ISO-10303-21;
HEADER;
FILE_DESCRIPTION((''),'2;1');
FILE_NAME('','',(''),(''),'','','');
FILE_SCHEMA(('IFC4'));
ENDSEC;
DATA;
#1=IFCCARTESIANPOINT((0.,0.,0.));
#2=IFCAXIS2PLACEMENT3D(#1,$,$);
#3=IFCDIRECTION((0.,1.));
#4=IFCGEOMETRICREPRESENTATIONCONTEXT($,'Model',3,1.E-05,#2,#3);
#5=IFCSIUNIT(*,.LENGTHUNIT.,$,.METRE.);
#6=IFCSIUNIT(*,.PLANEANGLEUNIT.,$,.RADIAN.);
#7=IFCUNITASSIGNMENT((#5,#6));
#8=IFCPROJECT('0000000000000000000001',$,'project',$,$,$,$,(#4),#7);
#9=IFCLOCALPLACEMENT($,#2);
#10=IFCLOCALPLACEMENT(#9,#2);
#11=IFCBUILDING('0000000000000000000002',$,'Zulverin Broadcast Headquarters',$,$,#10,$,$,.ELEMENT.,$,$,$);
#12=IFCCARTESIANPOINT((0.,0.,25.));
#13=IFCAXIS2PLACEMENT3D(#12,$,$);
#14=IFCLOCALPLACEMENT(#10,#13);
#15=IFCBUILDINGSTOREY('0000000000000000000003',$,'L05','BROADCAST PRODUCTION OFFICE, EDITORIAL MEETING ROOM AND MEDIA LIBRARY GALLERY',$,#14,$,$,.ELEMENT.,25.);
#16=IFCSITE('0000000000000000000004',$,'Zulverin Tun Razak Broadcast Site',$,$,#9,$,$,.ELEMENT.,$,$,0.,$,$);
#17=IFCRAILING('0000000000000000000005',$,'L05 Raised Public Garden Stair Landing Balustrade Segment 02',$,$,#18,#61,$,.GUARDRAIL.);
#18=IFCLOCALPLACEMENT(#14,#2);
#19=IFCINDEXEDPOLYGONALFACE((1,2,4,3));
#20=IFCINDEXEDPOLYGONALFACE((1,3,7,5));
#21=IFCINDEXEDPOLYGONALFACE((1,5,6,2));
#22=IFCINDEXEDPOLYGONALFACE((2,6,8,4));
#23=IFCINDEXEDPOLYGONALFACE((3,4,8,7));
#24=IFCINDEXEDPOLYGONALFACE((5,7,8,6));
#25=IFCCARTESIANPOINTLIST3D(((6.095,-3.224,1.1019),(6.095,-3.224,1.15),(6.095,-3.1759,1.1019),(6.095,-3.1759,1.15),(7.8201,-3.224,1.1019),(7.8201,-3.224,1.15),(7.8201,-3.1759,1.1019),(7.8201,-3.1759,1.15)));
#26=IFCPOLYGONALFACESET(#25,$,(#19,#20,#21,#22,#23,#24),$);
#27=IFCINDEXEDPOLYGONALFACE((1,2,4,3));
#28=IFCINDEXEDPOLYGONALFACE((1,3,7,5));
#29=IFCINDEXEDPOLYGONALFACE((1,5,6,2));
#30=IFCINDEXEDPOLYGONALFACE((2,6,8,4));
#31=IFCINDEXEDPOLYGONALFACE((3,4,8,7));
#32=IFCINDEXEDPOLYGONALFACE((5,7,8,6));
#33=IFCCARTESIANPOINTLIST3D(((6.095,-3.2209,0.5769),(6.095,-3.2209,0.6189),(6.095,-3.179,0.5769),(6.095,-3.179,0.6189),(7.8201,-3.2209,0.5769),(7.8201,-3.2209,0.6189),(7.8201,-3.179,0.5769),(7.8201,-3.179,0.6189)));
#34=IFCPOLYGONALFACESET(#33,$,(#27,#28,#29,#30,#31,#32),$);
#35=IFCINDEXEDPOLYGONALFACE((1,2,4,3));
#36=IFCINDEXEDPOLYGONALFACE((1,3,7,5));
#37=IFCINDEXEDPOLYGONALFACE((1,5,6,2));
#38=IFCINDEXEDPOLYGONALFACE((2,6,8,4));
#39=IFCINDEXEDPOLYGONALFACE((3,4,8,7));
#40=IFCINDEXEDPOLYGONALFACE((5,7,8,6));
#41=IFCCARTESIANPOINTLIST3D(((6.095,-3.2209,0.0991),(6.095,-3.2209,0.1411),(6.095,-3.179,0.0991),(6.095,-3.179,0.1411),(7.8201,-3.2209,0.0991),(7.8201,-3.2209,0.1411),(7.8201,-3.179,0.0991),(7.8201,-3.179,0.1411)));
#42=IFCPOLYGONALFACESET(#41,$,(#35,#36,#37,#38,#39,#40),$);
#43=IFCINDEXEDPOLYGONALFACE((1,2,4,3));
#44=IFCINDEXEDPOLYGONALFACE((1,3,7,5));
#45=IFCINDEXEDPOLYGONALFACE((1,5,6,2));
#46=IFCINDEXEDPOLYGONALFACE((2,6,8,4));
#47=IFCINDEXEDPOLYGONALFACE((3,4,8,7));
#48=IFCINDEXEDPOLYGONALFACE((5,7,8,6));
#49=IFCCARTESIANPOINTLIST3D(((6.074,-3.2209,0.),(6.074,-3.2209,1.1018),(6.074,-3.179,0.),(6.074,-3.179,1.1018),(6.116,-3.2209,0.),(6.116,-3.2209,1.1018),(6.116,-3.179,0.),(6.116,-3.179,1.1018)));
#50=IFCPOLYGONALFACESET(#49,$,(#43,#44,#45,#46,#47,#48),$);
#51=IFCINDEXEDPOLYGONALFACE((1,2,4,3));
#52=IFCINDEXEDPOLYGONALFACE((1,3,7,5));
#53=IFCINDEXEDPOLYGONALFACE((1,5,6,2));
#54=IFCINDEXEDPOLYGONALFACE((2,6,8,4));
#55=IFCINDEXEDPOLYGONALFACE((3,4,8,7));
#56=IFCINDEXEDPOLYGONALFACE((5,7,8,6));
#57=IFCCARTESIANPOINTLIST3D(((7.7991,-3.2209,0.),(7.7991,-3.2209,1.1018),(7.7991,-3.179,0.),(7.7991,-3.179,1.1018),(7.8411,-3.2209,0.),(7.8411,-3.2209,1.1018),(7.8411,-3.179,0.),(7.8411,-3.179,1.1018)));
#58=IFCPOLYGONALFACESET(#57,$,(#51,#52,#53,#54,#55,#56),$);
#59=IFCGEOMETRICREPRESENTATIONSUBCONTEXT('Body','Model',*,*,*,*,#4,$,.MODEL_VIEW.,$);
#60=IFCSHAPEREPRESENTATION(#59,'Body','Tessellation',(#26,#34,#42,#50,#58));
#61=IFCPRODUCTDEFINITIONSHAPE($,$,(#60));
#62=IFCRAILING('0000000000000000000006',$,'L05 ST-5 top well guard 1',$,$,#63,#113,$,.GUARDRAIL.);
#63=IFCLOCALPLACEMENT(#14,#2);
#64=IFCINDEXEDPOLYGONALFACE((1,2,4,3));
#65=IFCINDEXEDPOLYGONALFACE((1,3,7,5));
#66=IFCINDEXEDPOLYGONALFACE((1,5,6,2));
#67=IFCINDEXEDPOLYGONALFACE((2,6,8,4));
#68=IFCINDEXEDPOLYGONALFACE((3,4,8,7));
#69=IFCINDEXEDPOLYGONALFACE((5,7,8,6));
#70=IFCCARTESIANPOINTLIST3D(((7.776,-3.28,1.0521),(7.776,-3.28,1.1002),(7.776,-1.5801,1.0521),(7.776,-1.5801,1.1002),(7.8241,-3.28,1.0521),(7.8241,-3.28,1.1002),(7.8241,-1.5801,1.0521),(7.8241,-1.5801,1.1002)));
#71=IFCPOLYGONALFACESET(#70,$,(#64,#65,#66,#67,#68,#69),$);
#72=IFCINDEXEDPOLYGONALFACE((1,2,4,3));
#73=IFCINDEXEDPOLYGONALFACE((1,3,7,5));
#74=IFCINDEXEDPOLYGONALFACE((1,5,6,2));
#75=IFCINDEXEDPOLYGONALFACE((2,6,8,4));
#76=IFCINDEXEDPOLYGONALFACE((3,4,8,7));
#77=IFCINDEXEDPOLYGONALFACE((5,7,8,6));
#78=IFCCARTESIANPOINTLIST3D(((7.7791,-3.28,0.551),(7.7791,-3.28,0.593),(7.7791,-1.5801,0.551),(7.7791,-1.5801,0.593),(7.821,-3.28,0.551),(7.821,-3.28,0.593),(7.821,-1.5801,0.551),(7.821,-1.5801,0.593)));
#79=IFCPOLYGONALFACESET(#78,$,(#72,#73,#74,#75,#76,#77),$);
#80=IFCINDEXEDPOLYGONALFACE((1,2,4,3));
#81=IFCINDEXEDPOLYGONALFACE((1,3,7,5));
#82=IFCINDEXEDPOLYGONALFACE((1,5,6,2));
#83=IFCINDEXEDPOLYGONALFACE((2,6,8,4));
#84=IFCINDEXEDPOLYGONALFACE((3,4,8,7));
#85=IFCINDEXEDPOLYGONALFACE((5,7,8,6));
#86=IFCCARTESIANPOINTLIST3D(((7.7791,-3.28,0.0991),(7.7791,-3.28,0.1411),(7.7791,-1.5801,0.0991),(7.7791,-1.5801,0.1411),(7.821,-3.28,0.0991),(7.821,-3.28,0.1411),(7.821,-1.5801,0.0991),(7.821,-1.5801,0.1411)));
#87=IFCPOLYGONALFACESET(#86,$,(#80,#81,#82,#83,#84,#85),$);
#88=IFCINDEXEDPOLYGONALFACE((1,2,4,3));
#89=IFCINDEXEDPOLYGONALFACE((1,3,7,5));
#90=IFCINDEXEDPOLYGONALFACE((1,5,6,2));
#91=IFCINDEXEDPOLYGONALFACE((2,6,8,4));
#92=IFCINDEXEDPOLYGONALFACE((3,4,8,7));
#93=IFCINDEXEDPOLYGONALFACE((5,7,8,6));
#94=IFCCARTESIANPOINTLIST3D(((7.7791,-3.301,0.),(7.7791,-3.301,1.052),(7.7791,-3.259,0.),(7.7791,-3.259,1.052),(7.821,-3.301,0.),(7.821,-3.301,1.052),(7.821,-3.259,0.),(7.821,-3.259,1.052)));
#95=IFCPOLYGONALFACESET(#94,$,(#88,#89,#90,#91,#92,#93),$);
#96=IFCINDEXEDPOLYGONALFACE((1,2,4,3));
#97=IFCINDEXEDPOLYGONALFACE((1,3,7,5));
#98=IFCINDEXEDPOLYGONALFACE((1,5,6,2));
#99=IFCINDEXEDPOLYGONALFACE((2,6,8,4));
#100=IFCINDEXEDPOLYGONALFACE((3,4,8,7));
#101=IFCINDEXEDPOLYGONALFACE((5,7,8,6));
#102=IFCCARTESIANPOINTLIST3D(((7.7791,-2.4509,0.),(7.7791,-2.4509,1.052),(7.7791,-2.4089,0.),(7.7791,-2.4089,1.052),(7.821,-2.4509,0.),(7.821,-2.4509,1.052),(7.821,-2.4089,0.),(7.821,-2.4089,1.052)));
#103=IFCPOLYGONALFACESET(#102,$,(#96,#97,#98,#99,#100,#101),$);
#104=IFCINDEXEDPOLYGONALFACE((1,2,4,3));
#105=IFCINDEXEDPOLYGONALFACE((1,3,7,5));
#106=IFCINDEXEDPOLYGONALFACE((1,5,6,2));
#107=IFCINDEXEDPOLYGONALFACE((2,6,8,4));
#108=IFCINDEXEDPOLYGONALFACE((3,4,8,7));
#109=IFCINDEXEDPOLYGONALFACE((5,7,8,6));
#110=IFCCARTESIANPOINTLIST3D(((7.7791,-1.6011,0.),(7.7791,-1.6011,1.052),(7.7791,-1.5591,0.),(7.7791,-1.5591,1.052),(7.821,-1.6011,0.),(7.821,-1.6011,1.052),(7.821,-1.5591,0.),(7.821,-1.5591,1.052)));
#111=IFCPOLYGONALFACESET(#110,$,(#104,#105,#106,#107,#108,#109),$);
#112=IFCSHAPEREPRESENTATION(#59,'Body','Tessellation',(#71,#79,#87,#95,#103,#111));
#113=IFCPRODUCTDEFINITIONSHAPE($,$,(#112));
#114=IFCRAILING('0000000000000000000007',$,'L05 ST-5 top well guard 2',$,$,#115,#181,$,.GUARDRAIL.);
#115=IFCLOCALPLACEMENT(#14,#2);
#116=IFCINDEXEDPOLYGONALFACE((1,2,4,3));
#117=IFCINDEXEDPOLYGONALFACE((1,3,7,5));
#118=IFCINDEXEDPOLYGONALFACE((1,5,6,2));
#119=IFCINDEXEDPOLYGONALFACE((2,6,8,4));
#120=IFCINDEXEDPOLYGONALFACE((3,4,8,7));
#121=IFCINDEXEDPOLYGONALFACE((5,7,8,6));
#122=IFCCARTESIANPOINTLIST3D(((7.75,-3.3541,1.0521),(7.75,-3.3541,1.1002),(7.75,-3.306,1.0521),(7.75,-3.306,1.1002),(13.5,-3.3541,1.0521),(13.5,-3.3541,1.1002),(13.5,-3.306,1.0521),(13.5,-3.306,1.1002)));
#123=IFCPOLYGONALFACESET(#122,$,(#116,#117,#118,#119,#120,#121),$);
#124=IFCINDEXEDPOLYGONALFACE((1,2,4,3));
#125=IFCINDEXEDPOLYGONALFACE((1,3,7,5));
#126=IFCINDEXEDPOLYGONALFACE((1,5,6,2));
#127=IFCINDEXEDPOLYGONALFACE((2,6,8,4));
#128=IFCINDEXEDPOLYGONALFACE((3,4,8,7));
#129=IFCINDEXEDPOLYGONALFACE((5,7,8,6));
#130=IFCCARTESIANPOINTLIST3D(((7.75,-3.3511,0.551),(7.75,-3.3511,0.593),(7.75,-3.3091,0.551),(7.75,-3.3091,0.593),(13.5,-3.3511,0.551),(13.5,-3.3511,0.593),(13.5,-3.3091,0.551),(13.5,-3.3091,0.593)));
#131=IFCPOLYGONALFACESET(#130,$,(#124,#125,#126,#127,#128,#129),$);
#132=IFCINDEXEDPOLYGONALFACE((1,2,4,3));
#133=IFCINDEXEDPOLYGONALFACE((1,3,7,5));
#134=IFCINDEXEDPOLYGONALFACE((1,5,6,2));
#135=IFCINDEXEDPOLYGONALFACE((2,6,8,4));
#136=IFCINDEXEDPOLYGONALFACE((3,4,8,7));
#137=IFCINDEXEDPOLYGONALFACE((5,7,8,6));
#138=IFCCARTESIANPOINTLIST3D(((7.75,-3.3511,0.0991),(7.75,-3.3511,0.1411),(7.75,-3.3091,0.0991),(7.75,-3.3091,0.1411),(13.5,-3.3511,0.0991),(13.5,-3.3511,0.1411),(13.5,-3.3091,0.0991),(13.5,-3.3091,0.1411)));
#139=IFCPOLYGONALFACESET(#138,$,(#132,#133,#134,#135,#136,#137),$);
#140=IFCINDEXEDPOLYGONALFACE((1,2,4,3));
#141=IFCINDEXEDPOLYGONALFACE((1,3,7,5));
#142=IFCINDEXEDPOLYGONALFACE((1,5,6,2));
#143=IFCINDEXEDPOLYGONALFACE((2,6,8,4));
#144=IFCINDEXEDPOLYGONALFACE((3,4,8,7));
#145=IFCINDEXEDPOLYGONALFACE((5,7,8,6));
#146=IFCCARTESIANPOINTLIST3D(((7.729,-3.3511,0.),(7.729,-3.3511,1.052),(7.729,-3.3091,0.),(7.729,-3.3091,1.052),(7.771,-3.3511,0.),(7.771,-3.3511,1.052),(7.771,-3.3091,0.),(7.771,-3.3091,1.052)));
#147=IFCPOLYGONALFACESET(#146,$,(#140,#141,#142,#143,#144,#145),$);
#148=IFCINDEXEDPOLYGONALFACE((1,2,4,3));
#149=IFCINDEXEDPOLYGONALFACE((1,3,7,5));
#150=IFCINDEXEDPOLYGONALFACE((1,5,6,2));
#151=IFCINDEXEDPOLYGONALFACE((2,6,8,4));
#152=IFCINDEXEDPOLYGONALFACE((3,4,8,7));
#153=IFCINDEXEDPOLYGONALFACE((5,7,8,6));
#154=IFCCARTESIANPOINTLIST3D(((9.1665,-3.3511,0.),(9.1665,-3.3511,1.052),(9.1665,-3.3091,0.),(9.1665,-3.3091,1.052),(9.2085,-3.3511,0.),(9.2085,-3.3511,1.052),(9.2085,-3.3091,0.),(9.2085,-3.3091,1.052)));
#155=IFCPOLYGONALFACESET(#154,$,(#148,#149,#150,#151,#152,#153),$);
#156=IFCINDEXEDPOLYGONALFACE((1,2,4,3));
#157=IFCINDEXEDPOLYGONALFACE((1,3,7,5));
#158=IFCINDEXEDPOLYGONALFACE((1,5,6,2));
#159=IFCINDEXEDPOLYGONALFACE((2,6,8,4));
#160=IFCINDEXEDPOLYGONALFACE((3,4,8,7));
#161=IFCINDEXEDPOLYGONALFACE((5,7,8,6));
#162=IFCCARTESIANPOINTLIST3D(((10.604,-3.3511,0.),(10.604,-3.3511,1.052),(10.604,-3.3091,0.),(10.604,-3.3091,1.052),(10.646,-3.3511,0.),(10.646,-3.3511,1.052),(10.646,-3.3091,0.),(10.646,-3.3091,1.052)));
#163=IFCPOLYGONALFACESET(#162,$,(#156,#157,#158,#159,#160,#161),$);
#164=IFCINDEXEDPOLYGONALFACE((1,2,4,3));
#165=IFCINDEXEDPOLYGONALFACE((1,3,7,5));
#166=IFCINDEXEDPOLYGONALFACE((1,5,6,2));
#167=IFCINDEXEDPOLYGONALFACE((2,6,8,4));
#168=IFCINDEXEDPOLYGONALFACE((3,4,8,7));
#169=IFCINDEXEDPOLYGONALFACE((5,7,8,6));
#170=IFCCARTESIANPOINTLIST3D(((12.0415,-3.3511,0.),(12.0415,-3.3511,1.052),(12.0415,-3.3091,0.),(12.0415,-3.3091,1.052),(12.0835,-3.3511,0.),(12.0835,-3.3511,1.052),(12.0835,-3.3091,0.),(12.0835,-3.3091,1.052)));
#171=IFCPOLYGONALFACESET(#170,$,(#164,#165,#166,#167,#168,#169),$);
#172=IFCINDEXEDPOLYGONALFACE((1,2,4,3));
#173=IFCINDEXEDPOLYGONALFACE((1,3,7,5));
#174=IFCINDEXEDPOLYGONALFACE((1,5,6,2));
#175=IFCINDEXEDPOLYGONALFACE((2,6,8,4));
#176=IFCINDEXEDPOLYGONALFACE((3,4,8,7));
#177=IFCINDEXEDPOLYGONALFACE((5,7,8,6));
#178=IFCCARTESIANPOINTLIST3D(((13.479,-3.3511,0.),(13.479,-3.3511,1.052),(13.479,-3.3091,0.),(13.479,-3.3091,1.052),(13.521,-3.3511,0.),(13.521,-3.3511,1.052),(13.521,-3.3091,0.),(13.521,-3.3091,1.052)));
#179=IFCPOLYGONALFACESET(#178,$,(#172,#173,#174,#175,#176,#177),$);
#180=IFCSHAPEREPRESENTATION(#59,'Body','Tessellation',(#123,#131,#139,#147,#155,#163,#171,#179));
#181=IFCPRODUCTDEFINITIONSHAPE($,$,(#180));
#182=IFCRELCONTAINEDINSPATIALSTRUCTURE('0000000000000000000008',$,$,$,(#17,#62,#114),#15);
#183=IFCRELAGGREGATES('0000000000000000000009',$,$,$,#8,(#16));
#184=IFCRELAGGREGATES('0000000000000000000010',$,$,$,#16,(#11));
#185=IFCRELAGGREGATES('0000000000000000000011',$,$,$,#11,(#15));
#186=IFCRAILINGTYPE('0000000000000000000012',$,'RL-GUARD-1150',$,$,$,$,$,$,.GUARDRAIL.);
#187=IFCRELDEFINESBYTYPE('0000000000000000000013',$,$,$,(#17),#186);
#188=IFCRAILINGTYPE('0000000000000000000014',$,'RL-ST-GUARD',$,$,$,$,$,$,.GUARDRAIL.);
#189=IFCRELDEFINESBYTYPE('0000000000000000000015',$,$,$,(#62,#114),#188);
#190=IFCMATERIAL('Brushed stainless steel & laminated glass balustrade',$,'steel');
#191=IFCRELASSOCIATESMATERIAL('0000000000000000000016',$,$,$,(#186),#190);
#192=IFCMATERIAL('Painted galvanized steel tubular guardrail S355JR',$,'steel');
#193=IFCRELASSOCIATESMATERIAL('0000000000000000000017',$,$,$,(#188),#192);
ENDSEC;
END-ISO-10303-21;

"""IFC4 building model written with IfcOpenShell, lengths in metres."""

from ifc_helpers import new_model, si_unit, direction, frame, origin, origin_2d, place, context, subcontext, project, spatial, rectangle, extrude, material, type_object, element, save


model = new_model("IFC4")

# Units and contexts
model_context = context("Model", 3, precision=1e-05, world=origin(), true_north=direction((0.0, 1.0)))
body_context = subcontext(model_context, "Body", "Model", "MODEL_VIEW")
ifc_project = project(units=[si_unit("LENGTHUNIT", "METRE"), si_unit("PLANEANGLEUNIT", "RADIAN")], contexts=[model_context])

# Site, building, storey
site_placement = place(None, origin())
site = spatial("IfcSite", under=ifc_project, at=site_placement, Name="Zulverin Tun Razak Broadcast Site", CompositionType="ELEMENT", RefElevation=0.0)
building_placement = place(site_placement, origin())
building = spatial("IfcBuilding", under=site, at=building_placement, Name="Zulverin Broadcast Headquarters", CompositionType="ELEMENT")
storey_placement = place(building_placement, frame((0.0, 0.0, 25.0)))
storey = spatial("IfcBuildingStorey", under=building, at=storey_placement, Name="L05", Description="BROADCAST PRODUCTION OFFICE, EDITORIAL MEETING ROOM AND MEDIA LIBRARY GALLERY", CompositionType="ELEMENT", Elevation=25.0)

# Railings
ifc_material_1 = material(Name="Brushed stainless steel & laminated glass balustrade", Category="steel")
railing_type_1 = type_object("IfcRailingType", Name="RL-GUARD-1150", PredefinedType="GUARDRAIL", material=ifc_material_1)
railing_1_placement = place(storey_placement, frame((6.095, -3.2, 0.0)))
element("IfcRailing", 1, at=railing_1_placement, inside=storey, type_object=railing_type_1, Name="L05 Raised Public Garden Stair Landing Balustrade Segment 02", PredefinedType="GUARDRAIL", context=body_context, shape_type="SweptSolid", body=[
    extrude(rectangle(XDim=0.0481, YDim=0.0481, at=origin_2d()), frame((0.0, 0.0, 1.126), z_axis=(1.0, 0.0, 0.0), x_axis=(0.0, 1.0, 0.0)), (0.0, 0.0, 1.0), 1.7251),
    extrude(rectangle(XDim=0.042, YDim=0.042, at=origin_2d()), frame((0.0, 0.0, 0.5979), z_axis=(1.0, 0.0, 0.0), x_axis=(0.0, 1.0, 0.0)), (0.0, 0.0, 1.0), 1.7251),
    extrude(rectangle(XDim=0.042, YDim=0.042, at=origin_2d()), frame((0.0, 0.0, 0.1201), z_axis=(1.0, 0.0, 0.0), x_axis=(0.0, 1.0, 0.0)), (0.0, 0.0, 1.0), 1.7251),
    extrude(rectangle(XDim=0.042, YDim=0.042, at=origin_2d()), origin(), (0.0, 0.0, 1.0), 1.1018),
    extrude(rectangle(XDim=0.042, YDim=0.042, at=origin_2d()), frame((1.7251, 0.0, 0.0)), (0.0, 0.0, 1.0), 1.1018),
])
ifc_material_2 = material(Name="Painted galvanized steel tubular guardrail S355JR", Category="steel")
railing_type_2 = type_object("IfcRailingType", Name="RL-ST-GUARD", PredefinedType="GUARDRAIL", material=ifc_material_2)
railing_2_placement = place(storey_placement, frame((7.8, -3.28, 0.0)))
element("IfcRailing", 2, at=railing_2_placement, inside=storey, type_object=railing_type_2, Name="L05 ST-5 top well guard 1", PredefinedType="GUARDRAIL", context=body_context, shape_type="SweptSolid", body=[
    extrude(rectangle(XDim=0.0481, YDim=0.0481, at=origin_2d()), frame((0.0, 0.0, 1.0762), z_axis=(0.0, 1.0, 0.0), x_axis=(-1.0, 0.0, 0.0)), (0.0, 0.0, 1.0), 1.7),
    extrude(rectangle(XDim=0.042, YDim=0.042, at=origin_2d()), frame((0.0, 0.0, 0.572), z_axis=(0.0, 1.0, 0.0), x_axis=(-1.0, 0.0, 0.0)), (0.0, 0.0, 1.0), 1.7),
    extrude(rectangle(XDim=0.042, YDim=0.042, at=origin_2d()), frame((0.0, 0.0, 0.1201), z_axis=(0.0, 1.0, 0.0), x_axis=(-1.0, 0.0, 0.0)), (0.0, 0.0, 1.0), 1.7),
    extrude(rectangle(XDim=0.042, YDim=0.042, at=origin_2d()), origin(), (0.0, 0.0, 1.0), 1.052),
    extrude(rectangle(XDim=0.042, YDim=0.042, at=origin_2d()), frame((0.0, 0.8501, 0.0)), (0.0, 0.0, 1.0), 1.052),
    extrude(rectangle(XDim=0.042, YDim=0.042, at=origin_2d()), frame((0.0, 1.7, 0.0)), (0.0, 0.0, 1.0), 1.052),
])
for number, where, name in (
    (3, (7.75, -3.3301, 0.0), "L05 ST-5 top well guard 2"),
):
    element("IfcRailing", number, at=place(storey_placement, frame(where)), inside=storey, type_object=railing_type_2, Name=name, PredefinedType="GUARDRAIL", context=body_context, shape_type="SweptSolid", body=[
        extrude(rectangle(XDim=0.0481, YDim=0.0481, at=origin_2d()), frame((0.0, 0.0, 1.0762), z_axis=(1.0, 0.0, 0.0), x_axis=(0.0, 1.0, 0.0)), (0.0, 0.0, 1.0), 5.75),
        extrude(rectangle(XDim=0.042, YDim=0.042, at=origin_2d()), frame((0.0, 0.0, 0.572), z_axis=(1.0, 0.0, 0.0), x_axis=(0.0, 1.0, 0.0)), (0.0, 0.0, 1.0), 5.75),
        extrude(rectangle(XDim=0.042, YDim=0.042, at=origin_2d()), frame((0.0, 0.0, 0.1201), z_axis=(1.0, 0.0, 0.0), x_axis=(0.0, 1.0, 0.0)), (0.0, 0.0, 1.0), 5.75),
        extrude(rectangle(XDim=0.042, YDim=0.042, at=origin_2d()), origin(), (0.0, 0.0, 1.0), 1.052),
        extrude(rectangle(XDim=0.042, YDim=0.042, at=origin_2d()), frame((1.4375, 0.0, 0.0)), (0.0, 0.0, 1.0), 1.052),
        extrude(rectangle(XDim=0.042, YDim=0.042, at=origin_2d()), frame((2.875, 0.0, 0.0)), (0.0, 0.0, 1.0), 1.052),
        extrude(rectangle(XDim=0.042, YDim=0.042, at=origin_2d()), frame((4.3125, 0.0, 0.0)), (0.0, 0.0, 1.0), 1.052),
        extrude(rectangle(XDim=0.042, YDim=0.042, at=origin_2d()), frame((5.75, 0.0, 0.0)), (0.0, 0.0, 1.0), 1.052),
    ])

save(model, "model.ifc")
